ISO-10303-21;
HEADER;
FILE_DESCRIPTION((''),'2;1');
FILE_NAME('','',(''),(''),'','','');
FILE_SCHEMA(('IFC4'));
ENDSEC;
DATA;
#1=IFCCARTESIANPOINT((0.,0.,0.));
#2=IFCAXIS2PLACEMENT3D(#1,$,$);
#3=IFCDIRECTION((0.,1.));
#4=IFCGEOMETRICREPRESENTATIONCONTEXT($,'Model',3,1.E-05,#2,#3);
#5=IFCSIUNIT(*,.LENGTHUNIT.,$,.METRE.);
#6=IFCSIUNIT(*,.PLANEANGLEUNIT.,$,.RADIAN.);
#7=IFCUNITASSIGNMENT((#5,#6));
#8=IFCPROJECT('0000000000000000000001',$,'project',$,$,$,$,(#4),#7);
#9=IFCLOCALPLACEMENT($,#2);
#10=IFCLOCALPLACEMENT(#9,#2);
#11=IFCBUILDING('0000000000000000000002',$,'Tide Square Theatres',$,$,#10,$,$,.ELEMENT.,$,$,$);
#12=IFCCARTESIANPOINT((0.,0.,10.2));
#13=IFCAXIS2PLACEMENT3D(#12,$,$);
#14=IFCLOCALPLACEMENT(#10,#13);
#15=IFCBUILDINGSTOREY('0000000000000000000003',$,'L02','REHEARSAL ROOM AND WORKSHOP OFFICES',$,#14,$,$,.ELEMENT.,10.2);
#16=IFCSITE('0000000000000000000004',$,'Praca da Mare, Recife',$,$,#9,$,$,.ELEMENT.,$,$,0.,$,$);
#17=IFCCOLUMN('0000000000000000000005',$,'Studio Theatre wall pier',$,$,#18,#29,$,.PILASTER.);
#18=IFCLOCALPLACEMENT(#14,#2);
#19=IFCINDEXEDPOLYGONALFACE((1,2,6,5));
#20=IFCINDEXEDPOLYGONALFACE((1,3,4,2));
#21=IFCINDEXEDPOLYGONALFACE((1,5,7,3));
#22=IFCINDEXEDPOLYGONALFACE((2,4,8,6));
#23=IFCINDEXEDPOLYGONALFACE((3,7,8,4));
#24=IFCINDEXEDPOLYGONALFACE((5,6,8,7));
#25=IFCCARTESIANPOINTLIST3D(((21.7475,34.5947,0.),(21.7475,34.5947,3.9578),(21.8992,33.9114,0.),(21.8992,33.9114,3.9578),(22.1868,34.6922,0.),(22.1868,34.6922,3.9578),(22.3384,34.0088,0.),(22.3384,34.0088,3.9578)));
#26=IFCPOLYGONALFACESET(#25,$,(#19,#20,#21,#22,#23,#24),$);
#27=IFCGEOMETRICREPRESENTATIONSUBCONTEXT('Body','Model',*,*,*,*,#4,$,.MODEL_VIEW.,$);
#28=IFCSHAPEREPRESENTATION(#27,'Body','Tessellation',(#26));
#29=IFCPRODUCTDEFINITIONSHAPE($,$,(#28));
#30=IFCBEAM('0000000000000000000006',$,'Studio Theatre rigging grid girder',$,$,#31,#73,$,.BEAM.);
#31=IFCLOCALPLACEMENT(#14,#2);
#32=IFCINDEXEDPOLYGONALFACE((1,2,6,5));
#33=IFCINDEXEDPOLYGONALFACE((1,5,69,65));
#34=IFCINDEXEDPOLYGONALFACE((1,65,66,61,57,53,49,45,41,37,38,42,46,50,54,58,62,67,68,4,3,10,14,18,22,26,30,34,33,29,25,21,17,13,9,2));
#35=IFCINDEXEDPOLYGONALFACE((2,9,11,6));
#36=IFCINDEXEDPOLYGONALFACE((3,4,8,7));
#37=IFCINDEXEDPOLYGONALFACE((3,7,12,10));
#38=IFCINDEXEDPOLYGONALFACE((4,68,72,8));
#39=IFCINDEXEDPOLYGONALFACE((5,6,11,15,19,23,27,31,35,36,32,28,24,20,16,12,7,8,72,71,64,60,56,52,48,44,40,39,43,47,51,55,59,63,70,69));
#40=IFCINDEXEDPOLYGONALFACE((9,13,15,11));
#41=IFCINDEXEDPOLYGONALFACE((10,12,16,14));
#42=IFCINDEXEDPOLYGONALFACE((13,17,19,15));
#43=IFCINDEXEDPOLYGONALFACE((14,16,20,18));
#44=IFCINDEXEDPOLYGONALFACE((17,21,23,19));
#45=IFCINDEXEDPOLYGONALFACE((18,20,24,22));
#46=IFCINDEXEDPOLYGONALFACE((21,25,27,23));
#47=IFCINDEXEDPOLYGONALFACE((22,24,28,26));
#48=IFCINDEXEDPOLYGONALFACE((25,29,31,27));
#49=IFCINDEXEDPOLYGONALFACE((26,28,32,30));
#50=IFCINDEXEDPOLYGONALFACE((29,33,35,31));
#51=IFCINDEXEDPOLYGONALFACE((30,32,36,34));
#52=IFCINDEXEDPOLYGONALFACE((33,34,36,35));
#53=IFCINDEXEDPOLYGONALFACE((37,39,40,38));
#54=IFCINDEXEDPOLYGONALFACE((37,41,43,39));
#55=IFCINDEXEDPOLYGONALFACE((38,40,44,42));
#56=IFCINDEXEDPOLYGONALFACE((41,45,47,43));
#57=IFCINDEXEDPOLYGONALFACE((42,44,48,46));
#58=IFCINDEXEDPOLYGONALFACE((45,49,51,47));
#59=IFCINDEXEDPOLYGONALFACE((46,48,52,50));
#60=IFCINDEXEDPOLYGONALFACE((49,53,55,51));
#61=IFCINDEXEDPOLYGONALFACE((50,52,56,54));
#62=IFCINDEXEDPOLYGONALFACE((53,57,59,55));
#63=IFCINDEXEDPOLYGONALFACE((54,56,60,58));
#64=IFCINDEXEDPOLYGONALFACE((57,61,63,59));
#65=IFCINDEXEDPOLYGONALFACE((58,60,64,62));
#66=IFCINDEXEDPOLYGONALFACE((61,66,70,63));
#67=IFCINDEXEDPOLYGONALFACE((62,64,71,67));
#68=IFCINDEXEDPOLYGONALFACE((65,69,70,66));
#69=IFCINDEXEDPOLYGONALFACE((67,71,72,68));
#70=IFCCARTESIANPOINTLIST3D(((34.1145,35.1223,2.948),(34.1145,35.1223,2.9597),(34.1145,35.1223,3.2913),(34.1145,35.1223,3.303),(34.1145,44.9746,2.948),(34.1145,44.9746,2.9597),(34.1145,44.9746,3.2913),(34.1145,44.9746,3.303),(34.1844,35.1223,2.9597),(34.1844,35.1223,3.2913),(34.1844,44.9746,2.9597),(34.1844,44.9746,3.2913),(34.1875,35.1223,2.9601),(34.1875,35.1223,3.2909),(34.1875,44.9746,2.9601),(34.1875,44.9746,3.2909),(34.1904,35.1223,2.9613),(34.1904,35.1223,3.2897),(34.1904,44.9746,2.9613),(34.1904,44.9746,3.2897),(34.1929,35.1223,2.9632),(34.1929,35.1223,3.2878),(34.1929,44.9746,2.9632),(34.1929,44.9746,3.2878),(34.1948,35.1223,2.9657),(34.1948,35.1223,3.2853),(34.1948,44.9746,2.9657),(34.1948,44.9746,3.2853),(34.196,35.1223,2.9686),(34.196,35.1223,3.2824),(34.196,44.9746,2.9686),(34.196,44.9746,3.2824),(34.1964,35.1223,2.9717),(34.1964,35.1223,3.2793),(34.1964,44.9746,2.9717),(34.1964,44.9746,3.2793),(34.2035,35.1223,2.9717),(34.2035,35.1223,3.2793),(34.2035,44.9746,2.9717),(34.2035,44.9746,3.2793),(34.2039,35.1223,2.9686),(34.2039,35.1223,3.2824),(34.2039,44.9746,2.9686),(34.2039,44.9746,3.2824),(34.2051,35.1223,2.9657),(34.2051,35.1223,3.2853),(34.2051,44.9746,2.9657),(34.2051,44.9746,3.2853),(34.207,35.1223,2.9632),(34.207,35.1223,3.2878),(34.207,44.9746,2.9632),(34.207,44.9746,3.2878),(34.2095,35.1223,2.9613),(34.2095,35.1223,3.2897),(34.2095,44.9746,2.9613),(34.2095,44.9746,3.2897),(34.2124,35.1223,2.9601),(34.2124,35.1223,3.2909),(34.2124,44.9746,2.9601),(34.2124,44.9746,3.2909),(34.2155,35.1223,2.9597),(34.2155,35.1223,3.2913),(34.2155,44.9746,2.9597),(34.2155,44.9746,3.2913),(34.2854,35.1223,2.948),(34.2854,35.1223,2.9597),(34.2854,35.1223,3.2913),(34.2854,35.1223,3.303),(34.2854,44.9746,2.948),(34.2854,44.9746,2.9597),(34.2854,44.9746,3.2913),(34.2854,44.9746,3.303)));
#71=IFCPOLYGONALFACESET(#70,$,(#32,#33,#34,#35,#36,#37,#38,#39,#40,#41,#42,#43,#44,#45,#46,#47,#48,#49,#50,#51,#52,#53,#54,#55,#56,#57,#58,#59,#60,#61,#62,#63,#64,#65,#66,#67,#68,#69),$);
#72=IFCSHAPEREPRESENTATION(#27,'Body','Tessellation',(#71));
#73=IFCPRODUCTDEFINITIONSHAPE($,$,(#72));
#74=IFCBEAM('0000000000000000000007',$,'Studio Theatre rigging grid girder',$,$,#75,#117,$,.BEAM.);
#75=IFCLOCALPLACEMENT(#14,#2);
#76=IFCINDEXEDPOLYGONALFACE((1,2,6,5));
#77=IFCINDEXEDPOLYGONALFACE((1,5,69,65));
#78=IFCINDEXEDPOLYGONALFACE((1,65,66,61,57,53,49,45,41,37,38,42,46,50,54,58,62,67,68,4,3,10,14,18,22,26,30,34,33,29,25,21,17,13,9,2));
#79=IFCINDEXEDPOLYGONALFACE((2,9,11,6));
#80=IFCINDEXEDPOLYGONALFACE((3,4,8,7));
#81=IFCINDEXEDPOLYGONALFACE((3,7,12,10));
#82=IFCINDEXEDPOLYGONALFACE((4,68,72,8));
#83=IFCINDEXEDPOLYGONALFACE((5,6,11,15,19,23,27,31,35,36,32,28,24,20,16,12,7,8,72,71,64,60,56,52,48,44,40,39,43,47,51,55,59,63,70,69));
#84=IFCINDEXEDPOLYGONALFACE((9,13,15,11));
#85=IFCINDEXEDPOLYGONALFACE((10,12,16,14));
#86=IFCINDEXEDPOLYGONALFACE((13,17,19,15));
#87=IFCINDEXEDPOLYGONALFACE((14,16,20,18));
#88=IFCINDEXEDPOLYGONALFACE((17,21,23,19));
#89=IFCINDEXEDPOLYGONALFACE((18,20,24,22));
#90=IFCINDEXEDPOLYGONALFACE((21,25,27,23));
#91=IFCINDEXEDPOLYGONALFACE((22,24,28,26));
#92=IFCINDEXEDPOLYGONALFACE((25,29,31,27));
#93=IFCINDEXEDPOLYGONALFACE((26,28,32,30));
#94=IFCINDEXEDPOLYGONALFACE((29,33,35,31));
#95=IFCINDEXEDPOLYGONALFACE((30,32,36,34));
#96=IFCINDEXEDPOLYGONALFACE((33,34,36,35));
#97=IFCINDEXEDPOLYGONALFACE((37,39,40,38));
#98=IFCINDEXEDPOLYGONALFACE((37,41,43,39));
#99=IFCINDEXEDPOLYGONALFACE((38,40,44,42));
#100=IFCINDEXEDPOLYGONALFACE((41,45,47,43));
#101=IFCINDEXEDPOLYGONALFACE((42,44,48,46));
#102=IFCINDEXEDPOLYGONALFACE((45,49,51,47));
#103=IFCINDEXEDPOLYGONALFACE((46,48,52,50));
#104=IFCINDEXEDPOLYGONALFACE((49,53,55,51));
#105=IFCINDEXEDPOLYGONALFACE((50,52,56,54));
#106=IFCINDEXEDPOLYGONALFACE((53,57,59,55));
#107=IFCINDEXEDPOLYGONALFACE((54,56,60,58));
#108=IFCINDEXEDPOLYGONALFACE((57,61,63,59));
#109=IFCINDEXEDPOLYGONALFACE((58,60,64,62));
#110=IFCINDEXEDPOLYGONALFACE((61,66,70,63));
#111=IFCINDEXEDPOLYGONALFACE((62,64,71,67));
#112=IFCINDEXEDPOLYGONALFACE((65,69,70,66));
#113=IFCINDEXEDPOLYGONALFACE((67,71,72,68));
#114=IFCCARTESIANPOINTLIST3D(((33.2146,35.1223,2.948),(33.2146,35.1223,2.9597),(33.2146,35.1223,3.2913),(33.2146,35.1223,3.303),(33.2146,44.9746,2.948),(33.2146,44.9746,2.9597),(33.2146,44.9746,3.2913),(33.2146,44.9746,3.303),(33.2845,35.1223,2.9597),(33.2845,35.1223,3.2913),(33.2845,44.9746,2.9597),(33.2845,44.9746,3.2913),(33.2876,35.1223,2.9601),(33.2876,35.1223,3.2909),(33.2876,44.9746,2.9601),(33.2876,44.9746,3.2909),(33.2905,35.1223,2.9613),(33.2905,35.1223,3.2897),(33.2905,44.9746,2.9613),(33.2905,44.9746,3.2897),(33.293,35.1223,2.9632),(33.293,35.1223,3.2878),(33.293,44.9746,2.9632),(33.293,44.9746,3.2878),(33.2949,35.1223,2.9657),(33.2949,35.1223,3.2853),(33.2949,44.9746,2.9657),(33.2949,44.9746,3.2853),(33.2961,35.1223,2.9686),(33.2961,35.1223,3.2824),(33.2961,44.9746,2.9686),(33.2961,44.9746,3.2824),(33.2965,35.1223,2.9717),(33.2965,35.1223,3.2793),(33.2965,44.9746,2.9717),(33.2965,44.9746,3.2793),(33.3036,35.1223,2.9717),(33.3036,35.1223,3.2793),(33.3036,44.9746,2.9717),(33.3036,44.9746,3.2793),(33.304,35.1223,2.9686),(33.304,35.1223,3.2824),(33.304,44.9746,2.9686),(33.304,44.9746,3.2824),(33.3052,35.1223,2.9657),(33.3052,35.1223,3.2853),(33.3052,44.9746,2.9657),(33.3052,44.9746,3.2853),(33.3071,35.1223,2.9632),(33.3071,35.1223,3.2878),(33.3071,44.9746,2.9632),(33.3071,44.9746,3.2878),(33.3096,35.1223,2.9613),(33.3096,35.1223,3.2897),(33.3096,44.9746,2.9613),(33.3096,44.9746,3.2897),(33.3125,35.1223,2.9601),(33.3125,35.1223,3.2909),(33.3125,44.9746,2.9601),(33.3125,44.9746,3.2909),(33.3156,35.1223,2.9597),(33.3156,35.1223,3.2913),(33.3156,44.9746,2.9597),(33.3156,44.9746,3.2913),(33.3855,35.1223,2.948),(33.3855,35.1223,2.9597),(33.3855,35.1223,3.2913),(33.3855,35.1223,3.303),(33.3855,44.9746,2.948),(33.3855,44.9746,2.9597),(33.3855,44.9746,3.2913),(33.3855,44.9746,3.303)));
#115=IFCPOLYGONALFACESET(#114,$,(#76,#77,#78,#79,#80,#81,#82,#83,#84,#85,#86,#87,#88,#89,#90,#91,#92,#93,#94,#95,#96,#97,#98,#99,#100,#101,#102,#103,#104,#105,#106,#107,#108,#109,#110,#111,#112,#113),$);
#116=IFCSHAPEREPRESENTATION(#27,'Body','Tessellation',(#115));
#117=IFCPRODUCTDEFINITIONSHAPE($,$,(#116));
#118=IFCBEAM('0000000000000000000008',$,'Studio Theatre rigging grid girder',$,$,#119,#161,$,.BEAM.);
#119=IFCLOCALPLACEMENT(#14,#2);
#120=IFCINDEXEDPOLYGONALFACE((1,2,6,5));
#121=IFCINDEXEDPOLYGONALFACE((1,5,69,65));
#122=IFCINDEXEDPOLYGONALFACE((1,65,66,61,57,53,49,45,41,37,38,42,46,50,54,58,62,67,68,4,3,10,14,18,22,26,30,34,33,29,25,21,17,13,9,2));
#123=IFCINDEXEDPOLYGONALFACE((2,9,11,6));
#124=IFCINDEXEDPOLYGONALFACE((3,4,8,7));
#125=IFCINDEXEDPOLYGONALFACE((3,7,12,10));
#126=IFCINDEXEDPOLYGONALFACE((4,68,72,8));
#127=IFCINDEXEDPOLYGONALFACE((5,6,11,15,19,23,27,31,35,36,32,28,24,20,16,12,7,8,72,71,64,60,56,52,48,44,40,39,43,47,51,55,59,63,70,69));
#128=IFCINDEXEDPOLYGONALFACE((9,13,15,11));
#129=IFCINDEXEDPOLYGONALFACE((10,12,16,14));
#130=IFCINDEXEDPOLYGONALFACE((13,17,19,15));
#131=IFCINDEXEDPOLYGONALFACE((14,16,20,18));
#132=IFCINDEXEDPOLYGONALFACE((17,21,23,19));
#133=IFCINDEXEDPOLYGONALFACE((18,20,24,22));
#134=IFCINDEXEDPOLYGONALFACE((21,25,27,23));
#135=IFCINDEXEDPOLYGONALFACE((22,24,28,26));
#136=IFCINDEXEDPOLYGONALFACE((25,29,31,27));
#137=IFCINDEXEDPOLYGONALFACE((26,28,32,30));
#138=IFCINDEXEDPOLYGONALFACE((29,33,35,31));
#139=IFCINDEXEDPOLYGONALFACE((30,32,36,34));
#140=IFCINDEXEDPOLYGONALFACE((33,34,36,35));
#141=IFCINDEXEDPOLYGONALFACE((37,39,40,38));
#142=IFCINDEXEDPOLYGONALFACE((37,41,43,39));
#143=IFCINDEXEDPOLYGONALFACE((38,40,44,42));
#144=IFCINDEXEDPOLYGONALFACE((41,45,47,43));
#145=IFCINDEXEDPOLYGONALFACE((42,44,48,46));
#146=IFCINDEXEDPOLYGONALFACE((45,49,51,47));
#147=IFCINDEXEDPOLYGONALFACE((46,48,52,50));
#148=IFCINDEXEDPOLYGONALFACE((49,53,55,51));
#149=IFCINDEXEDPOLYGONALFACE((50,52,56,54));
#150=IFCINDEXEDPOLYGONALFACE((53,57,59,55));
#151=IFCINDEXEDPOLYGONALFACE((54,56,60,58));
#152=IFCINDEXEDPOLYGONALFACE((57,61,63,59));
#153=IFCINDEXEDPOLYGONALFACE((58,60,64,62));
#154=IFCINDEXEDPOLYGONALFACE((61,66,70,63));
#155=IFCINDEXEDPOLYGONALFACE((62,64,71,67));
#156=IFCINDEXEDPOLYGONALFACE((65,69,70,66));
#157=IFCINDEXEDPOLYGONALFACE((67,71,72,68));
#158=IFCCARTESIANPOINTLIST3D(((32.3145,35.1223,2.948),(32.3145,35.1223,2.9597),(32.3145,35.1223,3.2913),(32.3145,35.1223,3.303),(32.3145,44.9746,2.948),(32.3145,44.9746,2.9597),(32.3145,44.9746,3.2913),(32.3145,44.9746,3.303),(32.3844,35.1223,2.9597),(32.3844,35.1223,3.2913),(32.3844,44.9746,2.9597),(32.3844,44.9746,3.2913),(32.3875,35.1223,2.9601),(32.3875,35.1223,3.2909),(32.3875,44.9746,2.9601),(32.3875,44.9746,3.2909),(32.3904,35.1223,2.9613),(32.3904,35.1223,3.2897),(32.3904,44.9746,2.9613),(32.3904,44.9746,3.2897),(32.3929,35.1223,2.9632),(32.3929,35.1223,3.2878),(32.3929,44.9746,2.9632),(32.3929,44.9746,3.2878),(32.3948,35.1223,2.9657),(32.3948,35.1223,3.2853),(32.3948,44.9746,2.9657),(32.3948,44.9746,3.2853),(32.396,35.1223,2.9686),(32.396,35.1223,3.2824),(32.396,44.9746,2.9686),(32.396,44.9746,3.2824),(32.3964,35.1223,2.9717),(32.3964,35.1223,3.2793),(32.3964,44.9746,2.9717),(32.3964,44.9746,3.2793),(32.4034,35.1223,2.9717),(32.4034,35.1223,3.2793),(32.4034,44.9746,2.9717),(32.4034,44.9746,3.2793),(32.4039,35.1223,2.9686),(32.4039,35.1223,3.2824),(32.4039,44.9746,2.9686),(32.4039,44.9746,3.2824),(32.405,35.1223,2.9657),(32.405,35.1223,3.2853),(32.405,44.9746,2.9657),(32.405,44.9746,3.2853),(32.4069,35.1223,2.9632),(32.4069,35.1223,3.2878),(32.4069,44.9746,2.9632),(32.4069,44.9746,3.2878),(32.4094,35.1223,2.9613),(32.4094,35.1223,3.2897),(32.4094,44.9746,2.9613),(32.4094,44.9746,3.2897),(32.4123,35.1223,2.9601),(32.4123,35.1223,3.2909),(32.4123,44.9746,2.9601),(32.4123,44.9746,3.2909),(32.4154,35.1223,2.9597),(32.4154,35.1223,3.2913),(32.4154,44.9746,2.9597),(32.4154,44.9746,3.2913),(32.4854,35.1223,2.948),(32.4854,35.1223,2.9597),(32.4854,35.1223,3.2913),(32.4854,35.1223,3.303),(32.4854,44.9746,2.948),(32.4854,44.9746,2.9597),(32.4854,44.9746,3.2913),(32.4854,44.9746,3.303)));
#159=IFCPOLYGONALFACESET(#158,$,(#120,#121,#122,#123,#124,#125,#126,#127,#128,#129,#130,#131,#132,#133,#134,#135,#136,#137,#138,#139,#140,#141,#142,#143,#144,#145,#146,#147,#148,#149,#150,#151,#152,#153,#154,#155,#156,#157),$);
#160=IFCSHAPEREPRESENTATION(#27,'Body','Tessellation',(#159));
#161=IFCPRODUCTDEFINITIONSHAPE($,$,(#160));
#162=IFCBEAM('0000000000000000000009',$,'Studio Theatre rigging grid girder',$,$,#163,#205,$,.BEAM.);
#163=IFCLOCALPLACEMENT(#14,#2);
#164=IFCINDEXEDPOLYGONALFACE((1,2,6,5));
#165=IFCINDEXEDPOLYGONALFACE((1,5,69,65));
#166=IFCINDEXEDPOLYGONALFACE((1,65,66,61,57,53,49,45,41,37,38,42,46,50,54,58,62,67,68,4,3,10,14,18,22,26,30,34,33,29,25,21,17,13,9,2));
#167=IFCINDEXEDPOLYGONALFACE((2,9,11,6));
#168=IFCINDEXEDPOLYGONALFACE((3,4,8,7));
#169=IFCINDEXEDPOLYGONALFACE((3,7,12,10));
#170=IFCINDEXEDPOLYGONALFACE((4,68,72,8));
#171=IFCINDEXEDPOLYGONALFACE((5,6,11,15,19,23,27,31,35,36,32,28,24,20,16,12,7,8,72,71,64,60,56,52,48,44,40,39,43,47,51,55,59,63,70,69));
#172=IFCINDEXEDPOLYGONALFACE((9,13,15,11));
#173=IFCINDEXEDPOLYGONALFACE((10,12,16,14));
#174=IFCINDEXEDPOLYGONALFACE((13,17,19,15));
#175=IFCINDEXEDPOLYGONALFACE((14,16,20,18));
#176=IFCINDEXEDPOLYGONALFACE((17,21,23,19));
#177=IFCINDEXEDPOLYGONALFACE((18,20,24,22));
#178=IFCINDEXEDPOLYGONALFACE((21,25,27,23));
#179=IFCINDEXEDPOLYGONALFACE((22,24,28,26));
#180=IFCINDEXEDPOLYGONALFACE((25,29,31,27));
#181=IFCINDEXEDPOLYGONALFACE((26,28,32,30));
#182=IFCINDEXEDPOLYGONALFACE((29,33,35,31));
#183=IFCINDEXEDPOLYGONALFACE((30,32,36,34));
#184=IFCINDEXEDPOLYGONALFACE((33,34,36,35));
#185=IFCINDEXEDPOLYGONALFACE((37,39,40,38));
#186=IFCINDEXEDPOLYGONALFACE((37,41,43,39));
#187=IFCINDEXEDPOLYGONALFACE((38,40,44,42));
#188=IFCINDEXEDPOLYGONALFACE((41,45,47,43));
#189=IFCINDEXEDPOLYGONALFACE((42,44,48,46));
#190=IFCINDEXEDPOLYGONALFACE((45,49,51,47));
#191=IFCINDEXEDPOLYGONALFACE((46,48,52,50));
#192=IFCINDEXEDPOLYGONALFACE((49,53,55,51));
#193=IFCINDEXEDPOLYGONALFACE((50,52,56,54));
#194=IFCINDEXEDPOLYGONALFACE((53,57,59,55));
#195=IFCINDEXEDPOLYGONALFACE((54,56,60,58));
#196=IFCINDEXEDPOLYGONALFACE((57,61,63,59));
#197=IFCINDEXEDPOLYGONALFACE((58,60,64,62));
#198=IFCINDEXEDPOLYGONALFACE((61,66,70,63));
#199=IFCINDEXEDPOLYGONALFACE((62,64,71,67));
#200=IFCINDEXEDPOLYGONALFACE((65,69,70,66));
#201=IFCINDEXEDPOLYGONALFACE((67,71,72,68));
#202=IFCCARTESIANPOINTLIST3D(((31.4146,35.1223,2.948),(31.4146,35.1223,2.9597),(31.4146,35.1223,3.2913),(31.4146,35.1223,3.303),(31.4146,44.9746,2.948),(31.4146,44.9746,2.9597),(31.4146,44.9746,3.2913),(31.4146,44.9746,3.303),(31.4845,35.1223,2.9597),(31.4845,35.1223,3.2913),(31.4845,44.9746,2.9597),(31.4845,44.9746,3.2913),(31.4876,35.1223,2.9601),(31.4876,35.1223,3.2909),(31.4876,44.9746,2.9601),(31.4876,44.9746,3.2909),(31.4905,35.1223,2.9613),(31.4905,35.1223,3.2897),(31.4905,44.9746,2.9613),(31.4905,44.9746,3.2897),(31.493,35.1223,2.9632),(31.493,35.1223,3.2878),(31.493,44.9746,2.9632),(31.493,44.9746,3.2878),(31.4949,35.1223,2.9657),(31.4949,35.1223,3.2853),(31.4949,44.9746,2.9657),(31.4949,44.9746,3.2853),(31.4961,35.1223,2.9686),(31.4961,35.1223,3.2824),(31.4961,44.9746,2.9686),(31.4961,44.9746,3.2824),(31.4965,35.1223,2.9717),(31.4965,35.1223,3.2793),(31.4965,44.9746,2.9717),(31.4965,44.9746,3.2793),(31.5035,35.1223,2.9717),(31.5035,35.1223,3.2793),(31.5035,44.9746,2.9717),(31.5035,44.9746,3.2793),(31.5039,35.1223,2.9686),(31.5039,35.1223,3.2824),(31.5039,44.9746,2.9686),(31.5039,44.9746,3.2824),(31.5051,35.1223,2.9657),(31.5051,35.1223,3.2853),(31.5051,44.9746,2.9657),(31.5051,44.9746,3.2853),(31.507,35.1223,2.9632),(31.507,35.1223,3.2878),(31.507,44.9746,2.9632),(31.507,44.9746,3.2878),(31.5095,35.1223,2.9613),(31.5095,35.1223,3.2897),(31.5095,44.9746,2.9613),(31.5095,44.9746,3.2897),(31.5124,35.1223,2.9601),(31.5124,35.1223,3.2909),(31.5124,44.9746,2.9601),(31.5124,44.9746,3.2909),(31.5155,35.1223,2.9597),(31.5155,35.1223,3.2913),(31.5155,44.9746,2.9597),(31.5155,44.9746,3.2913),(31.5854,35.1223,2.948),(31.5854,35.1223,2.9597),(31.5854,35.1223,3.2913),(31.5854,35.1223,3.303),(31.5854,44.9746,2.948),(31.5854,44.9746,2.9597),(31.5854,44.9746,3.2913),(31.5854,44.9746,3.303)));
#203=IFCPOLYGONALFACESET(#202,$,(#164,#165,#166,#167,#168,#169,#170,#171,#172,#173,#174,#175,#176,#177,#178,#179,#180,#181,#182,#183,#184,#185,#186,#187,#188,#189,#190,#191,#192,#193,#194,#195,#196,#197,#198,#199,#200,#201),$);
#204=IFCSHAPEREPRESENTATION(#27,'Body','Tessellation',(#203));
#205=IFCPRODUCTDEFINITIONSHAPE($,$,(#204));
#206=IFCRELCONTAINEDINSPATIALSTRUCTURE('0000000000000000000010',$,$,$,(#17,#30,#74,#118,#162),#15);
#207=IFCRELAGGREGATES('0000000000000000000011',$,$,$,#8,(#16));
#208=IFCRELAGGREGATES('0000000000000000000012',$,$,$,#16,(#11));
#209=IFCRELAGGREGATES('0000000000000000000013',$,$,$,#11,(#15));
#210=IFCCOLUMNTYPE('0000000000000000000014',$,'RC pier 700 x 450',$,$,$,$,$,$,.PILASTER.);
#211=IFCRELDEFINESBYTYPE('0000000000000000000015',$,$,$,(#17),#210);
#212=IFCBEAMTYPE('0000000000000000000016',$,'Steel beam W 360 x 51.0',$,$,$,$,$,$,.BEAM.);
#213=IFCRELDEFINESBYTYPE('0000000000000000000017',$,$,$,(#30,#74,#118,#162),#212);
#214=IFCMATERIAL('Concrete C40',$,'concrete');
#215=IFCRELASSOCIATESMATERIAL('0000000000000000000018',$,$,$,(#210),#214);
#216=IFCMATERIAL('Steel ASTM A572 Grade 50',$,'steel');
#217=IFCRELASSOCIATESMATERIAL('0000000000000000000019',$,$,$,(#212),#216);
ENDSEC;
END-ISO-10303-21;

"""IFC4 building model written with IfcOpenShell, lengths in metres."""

from ifc_helpers import new_model, si_unit, direction, frame, origin, origin_2d, place, context, subcontext, project, spatial, rectangle, i_section, extrude, material, material_profile, profile_set, type_object, element, save


model = new_model("IFC4")

# Units and contexts
model_context = context("Model", 3, precision=1e-05, world=origin(), true_north=direction((0.0, 1.0)))
body_context = subcontext(model_context, "Body", "Model", "MODEL_VIEW")
ifc_project = project(units=[si_unit("LENGTHUNIT", "METRE"), si_unit("PLANEANGLEUNIT", "RADIAN")], contexts=[model_context])

# Site, building, storey
site_placement = place(None, origin())
site = spatial("IfcSite", under=ifc_project, at=site_placement, Name="Praca da Mare, Recife", CompositionType="ELEMENT", RefElevation=0.0)
building_placement = place(site_placement, origin())
building = spatial("IfcBuilding", under=site, at=building_placement, Name="Tide Square Theatres", CompositionType="ELEMENT")
storey_placement = place(building_placement, frame((0.0, 0.0, 10.2)))
storey = spatial("IfcBuildingStorey", under=building, at=storey_placement, Name="L02", Description="REHEARSAL ROOM AND WORKSHOP OFFICES", CompositionType="ELEMENT", Elevation=10.2)

# Column
ifc_material_1 = material(Name="Concrete C40", Category="concrete")
ifc_material_profile_1 = material_profile(ifc_material_1, rectangle(XDim=0.7, YDim=0.45, at=origin_2d()))
ifc_profile_set_1 = profile_set([ifc_material_profile_1], Name="Concrete C40")
column_type = type_object("IfcColumnType", Name="RC pier 700 x 450", PredefinedType="PILASTER", material=ifc_profile_set_1)
column_placement = place(storey_placement, frame((22.043, 34.3018, 0.0), z_axis=(0.0, 0.0, 1.0), x_axis=(0.216641, -0.976251, 0.0)))
element("IfcColumn", 1, at=column_placement, inside=storey, type_object=column_type, Name="Studio Theatre wall pier", PredefinedType="PILASTER", context=body_context, shape_type="SweptSolid", body=[
    extrude(rectangle(XDim=0.7, YDim=0.45, at=origin_2d()), origin(), (0.0, 0.0, 1.0), 3.9578),
])

# Beams
ifc_material_2 = material(Name="Steel ASTM A572 Grade 50", Category="steel")
ifc_material_profile_2 = material_profile(ifc_material_2, i_section(OverallWidth=0.1709, OverallDepth=0.355, WebThickness=0.0071, FlangeThickness=0.0117, FilletRadius=0.012, at=origin_2d()))
ifc_profile_set_2 = profile_set([ifc_material_profile_2], Name="Steel ASTM A572 Grade 50")
beam_type = type_object("IfcBeamType", Name="Steel beam W 360 x 51.0", PredefinedType="BEAM", material=ifc_profile_set_2)
for number, where, z_axis, x_axis, name in (
    (2, (34.2, 35.1223, 3.1255), (0.0, 1.0, 0.0), (-1.0, 0.0, 0.0), "Studio Theatre rigging grid girder"),
    (3, (33.3, 35.1223, 3.1255), (0.0, 1.0, 0.0), (-1.0, 0.0, 0.0), "Studio Theatre rigging grid girder"),
    (4, (32.3999, 35.1223, 3.1255), (0.0, 1.0, 0.0), (-1.0, 0.0, 0.0), "Studio Theatre rigging grid girder"),
    (5, (31.5, 35.1223, 3.1255), (0.0, 1.0, 0.0), (-1.0, 0.0, 0.0), "Studio Theatre rigging grid girder"),
):
    element("IfcBeam", number, at=place(storey_placement, frame(where, z_axis=z_axis, x_axis=x_axis)), inside=storey, type_object=beam_type, Name=name, PredefinedType="BEAM", context=body_context, shape_type="SweptSolid", body=[
        extrude(i_section(OverallWidth=0.1709, OverallDepth=0.355, WebThickness=0.0071, FlangeThickness=0.0117, FilletRadius=0.012, at=origin_2d()), origin(), (0.0, 0.0, 1.0), 9.8523),
    ])

save(model, "model.ifc")
